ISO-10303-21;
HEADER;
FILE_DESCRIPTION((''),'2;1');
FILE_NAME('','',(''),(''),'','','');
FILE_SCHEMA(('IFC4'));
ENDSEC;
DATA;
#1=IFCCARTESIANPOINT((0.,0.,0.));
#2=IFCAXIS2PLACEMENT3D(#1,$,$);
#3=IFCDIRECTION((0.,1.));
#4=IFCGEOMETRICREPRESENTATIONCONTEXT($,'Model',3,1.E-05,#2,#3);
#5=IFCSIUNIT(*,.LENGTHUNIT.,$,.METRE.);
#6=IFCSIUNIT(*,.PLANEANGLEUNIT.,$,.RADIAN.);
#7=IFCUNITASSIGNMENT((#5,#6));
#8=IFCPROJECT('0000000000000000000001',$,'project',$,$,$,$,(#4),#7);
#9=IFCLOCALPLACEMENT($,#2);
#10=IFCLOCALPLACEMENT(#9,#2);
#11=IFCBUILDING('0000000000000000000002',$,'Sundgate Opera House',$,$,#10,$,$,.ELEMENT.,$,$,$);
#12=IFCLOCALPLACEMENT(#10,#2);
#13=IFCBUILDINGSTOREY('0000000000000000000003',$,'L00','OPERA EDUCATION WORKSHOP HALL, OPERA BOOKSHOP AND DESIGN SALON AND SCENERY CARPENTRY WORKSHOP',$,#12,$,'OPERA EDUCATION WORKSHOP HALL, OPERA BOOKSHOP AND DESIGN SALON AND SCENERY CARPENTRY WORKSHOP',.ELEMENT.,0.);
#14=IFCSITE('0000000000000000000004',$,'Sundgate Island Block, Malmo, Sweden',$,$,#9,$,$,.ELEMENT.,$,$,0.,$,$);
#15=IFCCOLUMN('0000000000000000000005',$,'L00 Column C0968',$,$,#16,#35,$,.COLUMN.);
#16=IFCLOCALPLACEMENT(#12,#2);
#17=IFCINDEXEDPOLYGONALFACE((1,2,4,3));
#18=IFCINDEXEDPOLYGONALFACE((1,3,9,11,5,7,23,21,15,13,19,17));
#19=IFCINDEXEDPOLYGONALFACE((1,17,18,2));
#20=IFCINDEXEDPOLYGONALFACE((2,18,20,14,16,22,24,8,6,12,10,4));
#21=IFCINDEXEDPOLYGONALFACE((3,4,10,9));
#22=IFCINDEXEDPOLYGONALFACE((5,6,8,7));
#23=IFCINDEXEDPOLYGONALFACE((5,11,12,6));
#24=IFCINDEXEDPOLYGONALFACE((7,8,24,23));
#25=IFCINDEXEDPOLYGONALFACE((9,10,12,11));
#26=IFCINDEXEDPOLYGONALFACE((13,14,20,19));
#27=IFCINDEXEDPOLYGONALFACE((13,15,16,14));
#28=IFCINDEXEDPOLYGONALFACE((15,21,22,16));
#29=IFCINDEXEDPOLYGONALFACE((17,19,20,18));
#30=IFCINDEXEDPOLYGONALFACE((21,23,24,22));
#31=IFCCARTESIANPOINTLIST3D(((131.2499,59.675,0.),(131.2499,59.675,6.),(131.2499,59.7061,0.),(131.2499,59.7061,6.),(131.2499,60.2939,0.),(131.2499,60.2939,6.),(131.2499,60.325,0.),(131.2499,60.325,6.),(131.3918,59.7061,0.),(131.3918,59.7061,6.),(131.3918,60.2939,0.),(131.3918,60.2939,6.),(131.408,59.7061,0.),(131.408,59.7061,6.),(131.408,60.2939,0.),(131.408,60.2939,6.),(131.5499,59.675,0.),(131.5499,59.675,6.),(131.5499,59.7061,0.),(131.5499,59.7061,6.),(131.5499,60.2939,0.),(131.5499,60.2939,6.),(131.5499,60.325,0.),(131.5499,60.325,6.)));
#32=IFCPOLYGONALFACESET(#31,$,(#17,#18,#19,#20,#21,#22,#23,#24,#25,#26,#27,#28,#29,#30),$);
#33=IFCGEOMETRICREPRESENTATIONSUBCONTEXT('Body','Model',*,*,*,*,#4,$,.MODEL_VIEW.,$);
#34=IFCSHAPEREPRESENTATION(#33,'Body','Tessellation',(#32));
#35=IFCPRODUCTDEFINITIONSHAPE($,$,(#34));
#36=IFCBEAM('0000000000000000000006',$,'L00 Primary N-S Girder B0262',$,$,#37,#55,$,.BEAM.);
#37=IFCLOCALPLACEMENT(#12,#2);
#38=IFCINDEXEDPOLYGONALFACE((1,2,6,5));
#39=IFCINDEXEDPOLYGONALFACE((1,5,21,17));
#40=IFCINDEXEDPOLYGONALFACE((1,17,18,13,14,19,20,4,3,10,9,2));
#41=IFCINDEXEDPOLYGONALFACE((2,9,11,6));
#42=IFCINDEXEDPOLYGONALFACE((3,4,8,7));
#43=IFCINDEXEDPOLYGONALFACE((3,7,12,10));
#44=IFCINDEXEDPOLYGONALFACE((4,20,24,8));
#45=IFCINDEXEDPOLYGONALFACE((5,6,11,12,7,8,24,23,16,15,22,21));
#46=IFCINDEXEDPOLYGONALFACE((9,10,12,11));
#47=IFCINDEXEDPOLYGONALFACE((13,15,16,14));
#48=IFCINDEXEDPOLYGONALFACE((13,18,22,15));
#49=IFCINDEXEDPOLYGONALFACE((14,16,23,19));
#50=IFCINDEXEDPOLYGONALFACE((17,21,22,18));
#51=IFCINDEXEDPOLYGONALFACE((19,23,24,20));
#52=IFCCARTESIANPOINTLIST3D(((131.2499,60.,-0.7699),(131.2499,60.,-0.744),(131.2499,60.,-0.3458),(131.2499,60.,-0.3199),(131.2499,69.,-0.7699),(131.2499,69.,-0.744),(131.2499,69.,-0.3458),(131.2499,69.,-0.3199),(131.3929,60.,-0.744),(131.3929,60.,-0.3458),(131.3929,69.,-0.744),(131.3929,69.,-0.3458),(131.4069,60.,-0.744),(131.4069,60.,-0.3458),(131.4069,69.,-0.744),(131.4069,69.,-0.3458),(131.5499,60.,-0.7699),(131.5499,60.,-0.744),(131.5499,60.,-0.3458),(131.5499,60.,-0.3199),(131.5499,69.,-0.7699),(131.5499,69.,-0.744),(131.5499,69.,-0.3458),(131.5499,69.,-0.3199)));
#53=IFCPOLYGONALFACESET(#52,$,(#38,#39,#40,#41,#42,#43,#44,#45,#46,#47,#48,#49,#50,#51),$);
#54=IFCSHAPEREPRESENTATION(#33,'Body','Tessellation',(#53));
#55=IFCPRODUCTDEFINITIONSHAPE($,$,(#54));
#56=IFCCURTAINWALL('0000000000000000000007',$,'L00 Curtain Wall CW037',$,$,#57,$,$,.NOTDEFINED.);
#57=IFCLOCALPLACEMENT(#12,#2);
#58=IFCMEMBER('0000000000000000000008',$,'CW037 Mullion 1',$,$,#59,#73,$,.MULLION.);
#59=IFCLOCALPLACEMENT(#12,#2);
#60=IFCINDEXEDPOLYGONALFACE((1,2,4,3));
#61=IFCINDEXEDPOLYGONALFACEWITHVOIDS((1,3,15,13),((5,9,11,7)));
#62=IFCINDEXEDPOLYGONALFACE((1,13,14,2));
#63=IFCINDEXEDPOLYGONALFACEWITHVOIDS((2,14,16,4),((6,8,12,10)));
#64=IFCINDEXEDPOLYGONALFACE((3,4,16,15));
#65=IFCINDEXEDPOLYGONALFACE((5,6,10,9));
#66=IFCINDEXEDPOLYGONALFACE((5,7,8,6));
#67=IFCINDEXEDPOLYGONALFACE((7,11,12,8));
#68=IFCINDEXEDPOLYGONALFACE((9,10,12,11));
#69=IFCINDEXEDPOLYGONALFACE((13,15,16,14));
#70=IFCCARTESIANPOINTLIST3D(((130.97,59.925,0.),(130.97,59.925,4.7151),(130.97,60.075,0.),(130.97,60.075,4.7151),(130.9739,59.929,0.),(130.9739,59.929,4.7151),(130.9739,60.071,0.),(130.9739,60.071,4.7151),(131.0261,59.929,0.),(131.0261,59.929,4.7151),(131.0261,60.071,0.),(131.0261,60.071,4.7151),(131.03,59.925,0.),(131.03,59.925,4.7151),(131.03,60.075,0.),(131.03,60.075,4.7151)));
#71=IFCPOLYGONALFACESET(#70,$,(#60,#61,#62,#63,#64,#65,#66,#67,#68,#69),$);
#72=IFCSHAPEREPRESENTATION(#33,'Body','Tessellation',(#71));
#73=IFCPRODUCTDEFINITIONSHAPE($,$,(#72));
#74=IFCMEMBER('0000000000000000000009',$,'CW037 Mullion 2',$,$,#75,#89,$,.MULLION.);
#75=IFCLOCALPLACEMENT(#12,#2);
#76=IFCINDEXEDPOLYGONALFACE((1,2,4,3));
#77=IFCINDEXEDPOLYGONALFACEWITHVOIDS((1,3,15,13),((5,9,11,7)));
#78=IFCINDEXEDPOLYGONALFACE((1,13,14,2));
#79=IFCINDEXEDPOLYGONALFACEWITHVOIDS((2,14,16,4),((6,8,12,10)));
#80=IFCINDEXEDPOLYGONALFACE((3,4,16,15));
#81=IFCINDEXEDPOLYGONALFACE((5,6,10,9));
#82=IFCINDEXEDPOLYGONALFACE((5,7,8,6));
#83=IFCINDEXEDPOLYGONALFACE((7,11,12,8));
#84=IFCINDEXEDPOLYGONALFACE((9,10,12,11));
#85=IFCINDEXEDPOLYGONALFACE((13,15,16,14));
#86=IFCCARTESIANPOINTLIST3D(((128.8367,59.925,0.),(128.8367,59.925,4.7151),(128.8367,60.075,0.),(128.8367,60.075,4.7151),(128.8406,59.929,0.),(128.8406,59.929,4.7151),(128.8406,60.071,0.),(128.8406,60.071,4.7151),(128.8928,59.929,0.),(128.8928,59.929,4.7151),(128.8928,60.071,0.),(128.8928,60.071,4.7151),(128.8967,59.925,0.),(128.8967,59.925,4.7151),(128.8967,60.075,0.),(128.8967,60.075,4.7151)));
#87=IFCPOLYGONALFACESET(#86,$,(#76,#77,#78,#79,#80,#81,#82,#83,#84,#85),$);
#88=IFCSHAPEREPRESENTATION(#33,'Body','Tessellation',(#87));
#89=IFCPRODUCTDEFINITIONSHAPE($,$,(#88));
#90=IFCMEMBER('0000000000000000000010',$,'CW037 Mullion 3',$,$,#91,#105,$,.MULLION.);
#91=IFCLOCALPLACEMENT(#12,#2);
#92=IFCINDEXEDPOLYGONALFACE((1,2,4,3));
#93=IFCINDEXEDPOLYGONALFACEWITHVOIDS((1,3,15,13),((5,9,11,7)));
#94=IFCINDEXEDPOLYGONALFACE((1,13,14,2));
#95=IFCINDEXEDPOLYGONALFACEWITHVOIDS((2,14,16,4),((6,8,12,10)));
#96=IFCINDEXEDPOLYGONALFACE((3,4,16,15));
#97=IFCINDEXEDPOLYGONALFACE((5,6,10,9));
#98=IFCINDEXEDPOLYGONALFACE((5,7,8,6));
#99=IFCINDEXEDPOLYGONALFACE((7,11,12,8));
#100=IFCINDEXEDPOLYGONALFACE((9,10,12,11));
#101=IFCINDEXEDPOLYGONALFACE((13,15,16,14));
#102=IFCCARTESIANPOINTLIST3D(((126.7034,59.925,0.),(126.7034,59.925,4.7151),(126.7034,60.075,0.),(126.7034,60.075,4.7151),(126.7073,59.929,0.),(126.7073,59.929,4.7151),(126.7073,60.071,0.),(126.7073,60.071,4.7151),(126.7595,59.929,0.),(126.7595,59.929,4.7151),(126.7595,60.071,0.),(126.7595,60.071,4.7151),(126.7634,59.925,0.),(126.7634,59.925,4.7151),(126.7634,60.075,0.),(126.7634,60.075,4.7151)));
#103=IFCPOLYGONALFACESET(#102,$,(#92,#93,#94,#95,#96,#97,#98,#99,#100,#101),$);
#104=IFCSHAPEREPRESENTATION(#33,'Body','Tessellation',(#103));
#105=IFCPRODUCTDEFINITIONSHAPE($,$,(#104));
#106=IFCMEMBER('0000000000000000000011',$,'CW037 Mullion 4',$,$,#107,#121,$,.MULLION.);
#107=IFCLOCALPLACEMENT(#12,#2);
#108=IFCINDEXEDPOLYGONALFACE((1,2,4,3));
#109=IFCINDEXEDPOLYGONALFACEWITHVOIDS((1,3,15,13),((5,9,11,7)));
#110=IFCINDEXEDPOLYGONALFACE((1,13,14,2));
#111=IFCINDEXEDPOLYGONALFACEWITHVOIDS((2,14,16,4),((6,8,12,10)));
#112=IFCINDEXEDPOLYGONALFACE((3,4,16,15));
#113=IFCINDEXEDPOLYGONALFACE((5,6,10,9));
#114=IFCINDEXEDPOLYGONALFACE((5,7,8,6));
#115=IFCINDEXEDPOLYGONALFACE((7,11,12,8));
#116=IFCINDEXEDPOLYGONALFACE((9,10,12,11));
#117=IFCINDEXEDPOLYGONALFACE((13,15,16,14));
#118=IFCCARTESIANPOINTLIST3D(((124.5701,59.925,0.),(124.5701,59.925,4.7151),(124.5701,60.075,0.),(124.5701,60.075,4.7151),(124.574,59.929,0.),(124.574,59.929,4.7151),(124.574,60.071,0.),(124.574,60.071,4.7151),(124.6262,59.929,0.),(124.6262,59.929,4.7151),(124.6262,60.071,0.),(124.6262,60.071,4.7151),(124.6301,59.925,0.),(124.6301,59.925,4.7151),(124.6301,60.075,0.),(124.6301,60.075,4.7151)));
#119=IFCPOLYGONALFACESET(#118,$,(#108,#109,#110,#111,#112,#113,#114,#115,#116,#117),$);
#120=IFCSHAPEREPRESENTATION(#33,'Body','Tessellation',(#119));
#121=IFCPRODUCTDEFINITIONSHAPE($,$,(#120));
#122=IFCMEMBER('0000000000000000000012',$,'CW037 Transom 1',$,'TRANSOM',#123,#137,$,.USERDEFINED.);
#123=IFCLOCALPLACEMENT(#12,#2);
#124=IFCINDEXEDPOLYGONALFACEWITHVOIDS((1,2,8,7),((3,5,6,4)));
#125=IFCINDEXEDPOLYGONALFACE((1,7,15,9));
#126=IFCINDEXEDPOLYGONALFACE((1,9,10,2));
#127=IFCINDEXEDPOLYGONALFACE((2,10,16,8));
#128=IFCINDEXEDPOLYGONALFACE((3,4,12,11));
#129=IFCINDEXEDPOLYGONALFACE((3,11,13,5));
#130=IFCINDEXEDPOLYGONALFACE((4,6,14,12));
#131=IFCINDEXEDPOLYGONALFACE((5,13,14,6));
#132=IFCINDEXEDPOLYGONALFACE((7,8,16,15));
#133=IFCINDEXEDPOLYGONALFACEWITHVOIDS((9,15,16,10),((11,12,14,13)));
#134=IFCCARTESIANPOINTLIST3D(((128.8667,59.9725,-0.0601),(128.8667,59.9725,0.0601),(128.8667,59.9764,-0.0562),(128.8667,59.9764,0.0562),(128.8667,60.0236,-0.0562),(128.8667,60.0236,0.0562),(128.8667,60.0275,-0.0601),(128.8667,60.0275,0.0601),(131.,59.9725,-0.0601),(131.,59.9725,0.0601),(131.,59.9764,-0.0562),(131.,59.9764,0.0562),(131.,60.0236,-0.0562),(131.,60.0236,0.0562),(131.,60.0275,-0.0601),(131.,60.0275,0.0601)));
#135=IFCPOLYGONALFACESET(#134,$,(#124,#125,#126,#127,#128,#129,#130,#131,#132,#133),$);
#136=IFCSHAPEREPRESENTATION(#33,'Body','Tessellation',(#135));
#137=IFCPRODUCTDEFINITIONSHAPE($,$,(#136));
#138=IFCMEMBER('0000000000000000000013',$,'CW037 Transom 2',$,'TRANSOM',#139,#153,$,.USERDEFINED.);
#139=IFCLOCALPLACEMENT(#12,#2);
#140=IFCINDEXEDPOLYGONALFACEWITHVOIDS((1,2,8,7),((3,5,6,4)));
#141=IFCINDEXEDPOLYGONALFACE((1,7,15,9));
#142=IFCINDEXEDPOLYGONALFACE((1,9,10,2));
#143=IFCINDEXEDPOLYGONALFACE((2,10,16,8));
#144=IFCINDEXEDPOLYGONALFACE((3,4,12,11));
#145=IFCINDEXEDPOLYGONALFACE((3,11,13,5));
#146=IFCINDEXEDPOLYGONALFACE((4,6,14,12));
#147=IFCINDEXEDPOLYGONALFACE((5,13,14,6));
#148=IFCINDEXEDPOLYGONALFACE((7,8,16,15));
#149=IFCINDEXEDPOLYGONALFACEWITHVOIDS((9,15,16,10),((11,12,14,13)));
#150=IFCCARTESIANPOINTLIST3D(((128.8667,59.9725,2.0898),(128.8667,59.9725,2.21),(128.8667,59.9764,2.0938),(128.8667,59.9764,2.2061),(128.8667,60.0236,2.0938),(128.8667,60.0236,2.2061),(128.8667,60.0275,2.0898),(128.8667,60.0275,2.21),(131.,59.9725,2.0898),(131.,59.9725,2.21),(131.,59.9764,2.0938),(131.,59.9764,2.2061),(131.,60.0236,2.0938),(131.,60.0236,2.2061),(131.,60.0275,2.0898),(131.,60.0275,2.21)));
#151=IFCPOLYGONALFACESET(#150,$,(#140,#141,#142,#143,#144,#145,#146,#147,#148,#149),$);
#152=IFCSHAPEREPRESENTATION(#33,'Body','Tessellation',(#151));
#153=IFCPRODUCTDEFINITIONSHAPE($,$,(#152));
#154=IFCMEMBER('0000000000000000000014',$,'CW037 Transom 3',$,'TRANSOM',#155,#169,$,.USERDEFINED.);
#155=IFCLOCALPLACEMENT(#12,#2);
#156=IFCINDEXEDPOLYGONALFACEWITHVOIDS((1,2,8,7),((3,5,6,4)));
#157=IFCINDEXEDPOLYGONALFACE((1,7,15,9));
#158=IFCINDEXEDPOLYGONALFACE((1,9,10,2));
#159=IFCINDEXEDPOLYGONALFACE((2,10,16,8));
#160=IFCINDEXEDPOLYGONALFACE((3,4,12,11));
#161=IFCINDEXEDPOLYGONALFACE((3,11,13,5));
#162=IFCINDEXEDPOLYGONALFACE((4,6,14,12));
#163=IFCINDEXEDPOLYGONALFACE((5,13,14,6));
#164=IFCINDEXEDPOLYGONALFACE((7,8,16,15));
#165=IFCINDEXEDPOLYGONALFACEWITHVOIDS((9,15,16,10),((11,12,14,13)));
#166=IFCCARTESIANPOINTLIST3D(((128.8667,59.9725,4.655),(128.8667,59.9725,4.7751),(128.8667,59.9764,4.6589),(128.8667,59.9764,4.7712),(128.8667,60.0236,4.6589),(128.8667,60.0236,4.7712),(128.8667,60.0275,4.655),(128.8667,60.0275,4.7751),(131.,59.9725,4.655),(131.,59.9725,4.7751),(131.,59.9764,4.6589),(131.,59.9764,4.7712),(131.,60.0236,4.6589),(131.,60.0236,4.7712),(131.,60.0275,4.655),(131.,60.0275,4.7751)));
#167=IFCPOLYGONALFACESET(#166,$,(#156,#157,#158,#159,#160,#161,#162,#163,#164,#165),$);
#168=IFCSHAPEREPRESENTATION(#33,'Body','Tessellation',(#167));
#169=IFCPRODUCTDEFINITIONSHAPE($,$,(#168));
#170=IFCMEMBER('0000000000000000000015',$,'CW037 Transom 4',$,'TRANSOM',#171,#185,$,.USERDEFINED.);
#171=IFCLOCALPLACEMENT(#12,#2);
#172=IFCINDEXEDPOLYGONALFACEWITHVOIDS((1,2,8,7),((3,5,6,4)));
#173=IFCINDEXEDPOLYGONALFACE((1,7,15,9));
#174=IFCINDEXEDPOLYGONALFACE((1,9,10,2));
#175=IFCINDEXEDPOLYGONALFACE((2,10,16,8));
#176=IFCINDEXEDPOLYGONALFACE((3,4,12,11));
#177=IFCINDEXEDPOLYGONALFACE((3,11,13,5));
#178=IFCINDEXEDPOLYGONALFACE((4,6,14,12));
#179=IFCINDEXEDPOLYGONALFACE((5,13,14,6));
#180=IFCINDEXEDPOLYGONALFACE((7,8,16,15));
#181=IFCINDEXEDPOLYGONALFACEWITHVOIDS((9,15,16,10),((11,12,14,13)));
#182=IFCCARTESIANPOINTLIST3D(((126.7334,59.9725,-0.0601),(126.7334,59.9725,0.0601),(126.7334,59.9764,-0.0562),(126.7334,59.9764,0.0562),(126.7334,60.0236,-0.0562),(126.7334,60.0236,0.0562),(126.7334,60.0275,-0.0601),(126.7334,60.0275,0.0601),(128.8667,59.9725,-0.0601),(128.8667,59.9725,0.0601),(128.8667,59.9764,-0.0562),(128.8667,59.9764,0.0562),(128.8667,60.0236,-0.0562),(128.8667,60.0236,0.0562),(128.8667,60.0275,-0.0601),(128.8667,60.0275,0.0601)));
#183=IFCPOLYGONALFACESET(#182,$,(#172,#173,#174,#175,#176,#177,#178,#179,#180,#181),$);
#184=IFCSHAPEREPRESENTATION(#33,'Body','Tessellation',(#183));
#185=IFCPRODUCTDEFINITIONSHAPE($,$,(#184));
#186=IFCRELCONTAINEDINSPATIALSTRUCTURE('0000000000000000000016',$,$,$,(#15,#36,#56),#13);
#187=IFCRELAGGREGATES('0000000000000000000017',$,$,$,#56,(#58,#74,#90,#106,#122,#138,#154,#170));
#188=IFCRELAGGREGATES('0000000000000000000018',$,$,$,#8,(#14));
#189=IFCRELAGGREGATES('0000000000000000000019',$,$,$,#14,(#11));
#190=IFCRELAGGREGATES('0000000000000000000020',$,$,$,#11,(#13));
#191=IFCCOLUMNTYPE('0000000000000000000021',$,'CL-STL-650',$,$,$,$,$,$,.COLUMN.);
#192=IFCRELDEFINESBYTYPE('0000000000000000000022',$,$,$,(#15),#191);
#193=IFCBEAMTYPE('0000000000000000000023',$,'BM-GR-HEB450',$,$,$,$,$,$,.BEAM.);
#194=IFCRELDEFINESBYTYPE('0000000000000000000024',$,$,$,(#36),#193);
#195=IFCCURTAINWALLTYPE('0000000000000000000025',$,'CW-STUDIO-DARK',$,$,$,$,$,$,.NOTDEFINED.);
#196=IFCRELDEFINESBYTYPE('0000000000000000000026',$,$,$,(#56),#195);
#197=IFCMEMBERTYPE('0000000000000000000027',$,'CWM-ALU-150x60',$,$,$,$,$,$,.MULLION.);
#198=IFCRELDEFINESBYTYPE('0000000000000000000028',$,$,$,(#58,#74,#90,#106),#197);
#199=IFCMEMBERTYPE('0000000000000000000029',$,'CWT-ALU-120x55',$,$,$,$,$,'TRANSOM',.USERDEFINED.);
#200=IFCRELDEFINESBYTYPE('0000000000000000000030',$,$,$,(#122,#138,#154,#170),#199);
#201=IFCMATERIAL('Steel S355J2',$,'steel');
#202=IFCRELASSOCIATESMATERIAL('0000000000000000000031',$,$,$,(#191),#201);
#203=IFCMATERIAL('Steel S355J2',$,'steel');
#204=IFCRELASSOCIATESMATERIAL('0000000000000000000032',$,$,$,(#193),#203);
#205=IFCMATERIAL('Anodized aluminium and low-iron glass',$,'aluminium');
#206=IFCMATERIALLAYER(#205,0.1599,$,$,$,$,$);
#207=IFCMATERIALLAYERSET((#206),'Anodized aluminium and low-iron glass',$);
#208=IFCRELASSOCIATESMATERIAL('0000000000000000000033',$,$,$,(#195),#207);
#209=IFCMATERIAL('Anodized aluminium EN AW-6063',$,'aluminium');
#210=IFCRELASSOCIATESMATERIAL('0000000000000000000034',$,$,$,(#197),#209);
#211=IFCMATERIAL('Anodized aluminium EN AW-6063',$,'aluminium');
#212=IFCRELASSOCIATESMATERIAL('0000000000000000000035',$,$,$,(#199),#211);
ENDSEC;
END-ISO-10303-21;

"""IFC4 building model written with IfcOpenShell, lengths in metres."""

from ifc_helpers import new_model, si_unit, direction, frame, origin, origin_2d, place, context, subcontext, project, spatial, hollow_rectangle, i_section, extrude, material, layer, layer_set, material_profile, profile_set, type_object, element, aggregate, save


model = new_model("IFC4")

# Units and contexts
model_context = context("Model", 3, precision=1e-05, world=origin(), true_north=direction((0.0, 1.0)))
body_context = subcontext(model_context, "Body", "Model", "MODEL_VIEW")
ifc_project = project(units=[si_unit("LENGTHUNIT", "METRE"), si_unit("PLANEANGLEUNIT", "RADIAN")], contexts=[model_context])

# Site, building, storey
site_placement = place(None, origin())
site = spatial("IfcSite", under=ifc_project, at=site_placement, Name="Sundgate Island Block, Malmo, Sweden", CompositionType="ELEMENT", RefElevation=0.0)
building_placement = place(site_placement, origin())
building = spatial("IfcBuilding", under=site, at=building_placement, Name="Sundgate Opera House", CompositionType="ELEMENT")
storey_placement = place(building_placement, origin())
storey = spatial("IfcBuildingStorey", under=building, at=storey_placement, Name="L00", Description="OPERA EDUCATION WORKSHOP HALL, OPERA BOOKSHOP AND DESIGN SALON AND SCENERY CARPENTRY WORKSHOP", LongName="OPERA EDUCATION WORKSHOP HALL, OPERA BOOKSHOP AND DESIGN SALON AND SCENERY CARPENTRY WORKSHOP", CompositionType="ELEMENT", Elevation=0.0)

# Column
ifc_material_1 = material(Name="Steel S355J2", Category="steel")
ifc_material_profile_1 = material_profile(ifc_material_1, i_section(OverallWidth=0.3, OverallDepth=0.6499, WebThickness=0.0161, FlangeThickness=0.031, at=origin_2d()), Name="HEB 650")
ifc_profile_set_1 = profile_set([ifc_material_profile_1], Name="Steel S355J2")
column_type = type_object("IfcColumnType", Name="CL-STL-650", PredefinedType="COLUMN", material=ifc_profile_set_1)
column_placement = place(storey_placement, frame((131.3999, 60.0, 0.0), z_axis=(0.0, 0.0, 1.0), x_axis=(1.0, 0.0, 0.0)))
element("IfcColumn", 1, at=column_placement, inside=storey, type_object=column_type, Name="L00 Column C0968", PredefinedType="COLUMN", context=body_context, shape_type="SweptSolid", body=[
    extrude(i_section(OverallWidth=0.3, OverallDepth=0.6499, WebThickness=0.0161, FlangeThickness=0.031, at=origin_2d()), origin(), (0.0, 0.0, 1.0), 6.0),
])

# Beam
ifc_material_2 = material(Name="Steel S355J2", Category="steel")
ifc_material_profile_2 = material_profile(ifc_material_2, i_section(OverallWidth=0.3, OverallDepth=0.45, WebThickness=0.0139, FlangeThickness=0.0259, at=origin_2d()), Name="HEB 450")
ifc_profile_set_2 = profile_set([ifc_material_profile_2], Name="Steel S355J2")
beam_type = type_object("IfcBeamType", Name="BM-GR-HEB450", PredefinedType="BEAM", material=ifc_profile_set_2)
beam_placement = place(storey_placement, frame((131.3999, 60.0, -0.5449), z_axis=(0.0, 1.0, 0.0), x_axis=(-1.0, 0.0, 0.0)))
element("IfcBeam", 2, at=beam_placement, inside=storey, type_object=beam_type, Name="L00 Primary N-S Girder B0262", PredefinedType="BEAM", context=body_context, shape_type="SweptSolid", body=[
    extrude(i_section(OverallWidth=0.3, OverallDepth=0.45, WebThickness=0.0139, FlangeThickness=0.0259, at=origin_2d()), origin(), (0.0, 0.0, 1.0), 9.0),
])

# Curtain wall, members
ifc_material_3 = material(Name="Anodized aluminium and low-iron glass", Category="aluminium")
ifc_layer_1 = layer(ifc_material_3, 0.1599)
ifc_layer_set_1 = layer_set([ifc_layer_1], Name="Anodized aluminium and low-iron glass")
curtain_wall_type = type_object("IfcCurtainWallType", Name="CW-STUDIO-DARK", PredefinedType="NOTDEFINED", material=ifc_layer_set_1)
curtain_wall_placement = place(storey_placement, origin())
curtain_wall = element("IfcCurtainWall", 3, at=curtain_wall_placement, inside=storey, type_object=curtain_wall_type, Name="L00 Curtain Wall CW037", PredefinedType="NOTDEFINED")
ifc_material_4 = material(Name="Anodized aluminium EN AW-6063", Category="aluminium")
ifc_material_profile_3 = material_profile(ifc_material_4, hollow_rectangle(XDim=0.0601, YDim=0.1499, WallThickness=0.0039, at=origin_2d()), Name="CWM 150x60x4")
ifc_profile_set_3 = profile_set([ifc_material_profile_3], Name="Anodized aluminium EN AW-6063")
member_type_1 = type_object("IfcMemberType", Name="CWM-ALU-150x60", PredefinedType="MULLION", material=ifc_profile_set_3)
member_1_placement = place(storey_placement, frame((131.0, 60.0, 0.0), z_axis=(0.0, 0.0, 1.0), x_axis=(1.0, 0.0, 0.0)))
member_1 = element("IfcMember", 4, at=member_1_placement, type_object=member_type_1, Name="CW037 Mullion 1", PredefinedType="MULLION", context=body_context, shape_type="SweptSolid", body=[
    extrude(hollow_rectangle(XDim=0.0601, YDim=0.1499, WallThickness=0.0039, at=origin_2d()), origin(), (0.0, 0.0, 1.0), 4.7151),
])
member_2_placement = place(storey_placement, frame((128.8667, 60.0, 0.0), z_axis=(0.0, 0.0, 1.0), x_axis=(1.0, 0.0, 0.0)))
member_2 = element("IfcMember", 5, at=member_2_placement, type_object=member_type_1, Name="CW037 Mullion 2", PredefinedType="MULLION", context=body_context, shape_type="SweptSolid", body=[
    extrude(hollow_rectangle(XDim=0.0601, YDim=0.1499, WallThickness=0.0039, at=origin_2d()), origin(), (0.0, 0.0, 1.0), 4.7151),
])
member_3_placement = place(storey_placement, frame((126.7334, 60.0, 0.0), z_axis=(0.0, 0.0, 1.0), x_axis=(1.0, 0.0, 0.0)))
member_3 = element("IfcMember", 6, at=member_3_placement, type_object=member_type_1, Name="CW037 Mullion 3", PredefinedType="MULLION", context=body_context, shape_type="SweptSolid", body=[
    extrude(hollow_rectangle(XDim=0.0601, YDim=0.1499, WallThickness=0.0039, at=origin_2d()), origin(), (0.0, 0.0, 1.0), 4.7151),
])
member_4_placement = place(storey_placement, frame((124.6001, 60.0, 0.0), z_axis=(0.0, 0.0, 1.0), x_axis=(1.0, 0.0, 0.0)))
member_4 = element("IfcMember", 7, at=member_4_placement, type_object=member_type_1, Name="CW037 Mullion 4", PredefinedType="MULLION", context=body_context, shape_type="SweptSolid", body=[
    extrude(hollow_rectangle(XDim=0.0601, YDim=0.1499, WallThickness=0.0039, at=origin_2d()), origin(), (0.0, 0.0, 1.0), 4.7151),
])
ifc_material_5 = material(Name="Anodized aluminium EN AW-6063", Category="aluminium")
ifc_material_profile_4 = material_profile(ifc_material_5, hollow_rectangle(XDim=0.0549, YDim=0.1201, WallThickness=0.0039, at=origin_2d()), Name="CWT 120x55x4")
ifc_profile_set_4 = profile_set([ifc_material_profile_4], Name="Anodized aluminium EN AW-6063")
member_type_2 = type_object("IfcMemberType", Name="CWT-ALU-120x55", ElementType="TRANSOM", PredefinedType="USERDEFINED", material=ifc_profile_set_4)
member_5_placement = place(storey_placement, frame((131.0, 60.0, 0.0), z_axis=(-1.0, 0.0, 0.0), x_axis=(0.0, -1.0, 0.0)))
member_5 = element("IfcMember", 8, at=member_5_placement, type_object=member_type_2, Name="CW037 Transom 1", ObjectType="TRANSOM", PredefinedType="USERDEFINED", context=body_context, shape_type="SweptSolid", body=[
    extrude(hollow_rectangle(XDim=0.0549, YDim=0.1201, WallThickness=0.0039, at=origin_2d()), origin(), (0.0, 0.0, 1.0), 2.1333),
])
member_6_placement = place(storey_placement, frame((131.0, 60.0, 2.1499), z_axis=(-1.0, 0.0, 0.0), x_axis=(0.0, -1.0, 0.0)))
member_6 = element("IfcMember", 9, at=member_6_placement, type_object=member_type_2, Name="CW037 Transom 2", ObjectType="TRANSOM", PredefinedType="USERDEFINED", context=body_context, shape_type="SweptSolid", body=[
    extrude(hollow_rectangle(XDim=0.0549, YDim=0.1201, WallThickness=0.0039, at=origin_2d()), origin(), (0.0, 0.0, 1.0), 2.1333),
])
member_7_placement = place(storey_placement, frame((131.0, 60.0, 4.7151), z_axis=(-1.0, 0.0, 0.0), x_axis=(0.0, -1.0, 0.0)))
member_7 = element("IfcMember", 10, at=member_7_placement, type_object=member_type_2, Name="CW037 Transom 3", ObjectType="TRANSOM", PredefinedType="USERDEFINED", context=body_context, shape_type="SweptSolid", body=[
    extrude(hollow_rectangle(XDim=0.0549, YDim=0.1201, WallThickness=0.0039, at=origin_2d()), origin(), (0.0, 0.0, 1.0), 2.1333),
])
member_8_placement = place(storey_placement, frame((128.8667, 60.0, 0.0), z_axis=(-1.0, 0.0, 0.0), x_axis=(0.0, -1.0, 0.0)))
member_8 = element("IfcMember", 11, at=member_8_placement, type_object=member_type_2, Name="CW037 Transom 4", ObjectType="TRANSOM", PredefinedType="USERDEFINED", context=body_context, shape_type="SweptSolid", body=[
    extrude(hollow_rectangle(XDim=0.0549, YDim=0.1201, WallThickness=0.0039, at=origin_2d()), origin(), (0.0, 0.0, 1.0), 2.1333),
])
aggregate(curtain_wall, [member_1, member_2, member_3, member_4, member_5, member_6, member_7, member_8])

save(model, "model.ifc")
